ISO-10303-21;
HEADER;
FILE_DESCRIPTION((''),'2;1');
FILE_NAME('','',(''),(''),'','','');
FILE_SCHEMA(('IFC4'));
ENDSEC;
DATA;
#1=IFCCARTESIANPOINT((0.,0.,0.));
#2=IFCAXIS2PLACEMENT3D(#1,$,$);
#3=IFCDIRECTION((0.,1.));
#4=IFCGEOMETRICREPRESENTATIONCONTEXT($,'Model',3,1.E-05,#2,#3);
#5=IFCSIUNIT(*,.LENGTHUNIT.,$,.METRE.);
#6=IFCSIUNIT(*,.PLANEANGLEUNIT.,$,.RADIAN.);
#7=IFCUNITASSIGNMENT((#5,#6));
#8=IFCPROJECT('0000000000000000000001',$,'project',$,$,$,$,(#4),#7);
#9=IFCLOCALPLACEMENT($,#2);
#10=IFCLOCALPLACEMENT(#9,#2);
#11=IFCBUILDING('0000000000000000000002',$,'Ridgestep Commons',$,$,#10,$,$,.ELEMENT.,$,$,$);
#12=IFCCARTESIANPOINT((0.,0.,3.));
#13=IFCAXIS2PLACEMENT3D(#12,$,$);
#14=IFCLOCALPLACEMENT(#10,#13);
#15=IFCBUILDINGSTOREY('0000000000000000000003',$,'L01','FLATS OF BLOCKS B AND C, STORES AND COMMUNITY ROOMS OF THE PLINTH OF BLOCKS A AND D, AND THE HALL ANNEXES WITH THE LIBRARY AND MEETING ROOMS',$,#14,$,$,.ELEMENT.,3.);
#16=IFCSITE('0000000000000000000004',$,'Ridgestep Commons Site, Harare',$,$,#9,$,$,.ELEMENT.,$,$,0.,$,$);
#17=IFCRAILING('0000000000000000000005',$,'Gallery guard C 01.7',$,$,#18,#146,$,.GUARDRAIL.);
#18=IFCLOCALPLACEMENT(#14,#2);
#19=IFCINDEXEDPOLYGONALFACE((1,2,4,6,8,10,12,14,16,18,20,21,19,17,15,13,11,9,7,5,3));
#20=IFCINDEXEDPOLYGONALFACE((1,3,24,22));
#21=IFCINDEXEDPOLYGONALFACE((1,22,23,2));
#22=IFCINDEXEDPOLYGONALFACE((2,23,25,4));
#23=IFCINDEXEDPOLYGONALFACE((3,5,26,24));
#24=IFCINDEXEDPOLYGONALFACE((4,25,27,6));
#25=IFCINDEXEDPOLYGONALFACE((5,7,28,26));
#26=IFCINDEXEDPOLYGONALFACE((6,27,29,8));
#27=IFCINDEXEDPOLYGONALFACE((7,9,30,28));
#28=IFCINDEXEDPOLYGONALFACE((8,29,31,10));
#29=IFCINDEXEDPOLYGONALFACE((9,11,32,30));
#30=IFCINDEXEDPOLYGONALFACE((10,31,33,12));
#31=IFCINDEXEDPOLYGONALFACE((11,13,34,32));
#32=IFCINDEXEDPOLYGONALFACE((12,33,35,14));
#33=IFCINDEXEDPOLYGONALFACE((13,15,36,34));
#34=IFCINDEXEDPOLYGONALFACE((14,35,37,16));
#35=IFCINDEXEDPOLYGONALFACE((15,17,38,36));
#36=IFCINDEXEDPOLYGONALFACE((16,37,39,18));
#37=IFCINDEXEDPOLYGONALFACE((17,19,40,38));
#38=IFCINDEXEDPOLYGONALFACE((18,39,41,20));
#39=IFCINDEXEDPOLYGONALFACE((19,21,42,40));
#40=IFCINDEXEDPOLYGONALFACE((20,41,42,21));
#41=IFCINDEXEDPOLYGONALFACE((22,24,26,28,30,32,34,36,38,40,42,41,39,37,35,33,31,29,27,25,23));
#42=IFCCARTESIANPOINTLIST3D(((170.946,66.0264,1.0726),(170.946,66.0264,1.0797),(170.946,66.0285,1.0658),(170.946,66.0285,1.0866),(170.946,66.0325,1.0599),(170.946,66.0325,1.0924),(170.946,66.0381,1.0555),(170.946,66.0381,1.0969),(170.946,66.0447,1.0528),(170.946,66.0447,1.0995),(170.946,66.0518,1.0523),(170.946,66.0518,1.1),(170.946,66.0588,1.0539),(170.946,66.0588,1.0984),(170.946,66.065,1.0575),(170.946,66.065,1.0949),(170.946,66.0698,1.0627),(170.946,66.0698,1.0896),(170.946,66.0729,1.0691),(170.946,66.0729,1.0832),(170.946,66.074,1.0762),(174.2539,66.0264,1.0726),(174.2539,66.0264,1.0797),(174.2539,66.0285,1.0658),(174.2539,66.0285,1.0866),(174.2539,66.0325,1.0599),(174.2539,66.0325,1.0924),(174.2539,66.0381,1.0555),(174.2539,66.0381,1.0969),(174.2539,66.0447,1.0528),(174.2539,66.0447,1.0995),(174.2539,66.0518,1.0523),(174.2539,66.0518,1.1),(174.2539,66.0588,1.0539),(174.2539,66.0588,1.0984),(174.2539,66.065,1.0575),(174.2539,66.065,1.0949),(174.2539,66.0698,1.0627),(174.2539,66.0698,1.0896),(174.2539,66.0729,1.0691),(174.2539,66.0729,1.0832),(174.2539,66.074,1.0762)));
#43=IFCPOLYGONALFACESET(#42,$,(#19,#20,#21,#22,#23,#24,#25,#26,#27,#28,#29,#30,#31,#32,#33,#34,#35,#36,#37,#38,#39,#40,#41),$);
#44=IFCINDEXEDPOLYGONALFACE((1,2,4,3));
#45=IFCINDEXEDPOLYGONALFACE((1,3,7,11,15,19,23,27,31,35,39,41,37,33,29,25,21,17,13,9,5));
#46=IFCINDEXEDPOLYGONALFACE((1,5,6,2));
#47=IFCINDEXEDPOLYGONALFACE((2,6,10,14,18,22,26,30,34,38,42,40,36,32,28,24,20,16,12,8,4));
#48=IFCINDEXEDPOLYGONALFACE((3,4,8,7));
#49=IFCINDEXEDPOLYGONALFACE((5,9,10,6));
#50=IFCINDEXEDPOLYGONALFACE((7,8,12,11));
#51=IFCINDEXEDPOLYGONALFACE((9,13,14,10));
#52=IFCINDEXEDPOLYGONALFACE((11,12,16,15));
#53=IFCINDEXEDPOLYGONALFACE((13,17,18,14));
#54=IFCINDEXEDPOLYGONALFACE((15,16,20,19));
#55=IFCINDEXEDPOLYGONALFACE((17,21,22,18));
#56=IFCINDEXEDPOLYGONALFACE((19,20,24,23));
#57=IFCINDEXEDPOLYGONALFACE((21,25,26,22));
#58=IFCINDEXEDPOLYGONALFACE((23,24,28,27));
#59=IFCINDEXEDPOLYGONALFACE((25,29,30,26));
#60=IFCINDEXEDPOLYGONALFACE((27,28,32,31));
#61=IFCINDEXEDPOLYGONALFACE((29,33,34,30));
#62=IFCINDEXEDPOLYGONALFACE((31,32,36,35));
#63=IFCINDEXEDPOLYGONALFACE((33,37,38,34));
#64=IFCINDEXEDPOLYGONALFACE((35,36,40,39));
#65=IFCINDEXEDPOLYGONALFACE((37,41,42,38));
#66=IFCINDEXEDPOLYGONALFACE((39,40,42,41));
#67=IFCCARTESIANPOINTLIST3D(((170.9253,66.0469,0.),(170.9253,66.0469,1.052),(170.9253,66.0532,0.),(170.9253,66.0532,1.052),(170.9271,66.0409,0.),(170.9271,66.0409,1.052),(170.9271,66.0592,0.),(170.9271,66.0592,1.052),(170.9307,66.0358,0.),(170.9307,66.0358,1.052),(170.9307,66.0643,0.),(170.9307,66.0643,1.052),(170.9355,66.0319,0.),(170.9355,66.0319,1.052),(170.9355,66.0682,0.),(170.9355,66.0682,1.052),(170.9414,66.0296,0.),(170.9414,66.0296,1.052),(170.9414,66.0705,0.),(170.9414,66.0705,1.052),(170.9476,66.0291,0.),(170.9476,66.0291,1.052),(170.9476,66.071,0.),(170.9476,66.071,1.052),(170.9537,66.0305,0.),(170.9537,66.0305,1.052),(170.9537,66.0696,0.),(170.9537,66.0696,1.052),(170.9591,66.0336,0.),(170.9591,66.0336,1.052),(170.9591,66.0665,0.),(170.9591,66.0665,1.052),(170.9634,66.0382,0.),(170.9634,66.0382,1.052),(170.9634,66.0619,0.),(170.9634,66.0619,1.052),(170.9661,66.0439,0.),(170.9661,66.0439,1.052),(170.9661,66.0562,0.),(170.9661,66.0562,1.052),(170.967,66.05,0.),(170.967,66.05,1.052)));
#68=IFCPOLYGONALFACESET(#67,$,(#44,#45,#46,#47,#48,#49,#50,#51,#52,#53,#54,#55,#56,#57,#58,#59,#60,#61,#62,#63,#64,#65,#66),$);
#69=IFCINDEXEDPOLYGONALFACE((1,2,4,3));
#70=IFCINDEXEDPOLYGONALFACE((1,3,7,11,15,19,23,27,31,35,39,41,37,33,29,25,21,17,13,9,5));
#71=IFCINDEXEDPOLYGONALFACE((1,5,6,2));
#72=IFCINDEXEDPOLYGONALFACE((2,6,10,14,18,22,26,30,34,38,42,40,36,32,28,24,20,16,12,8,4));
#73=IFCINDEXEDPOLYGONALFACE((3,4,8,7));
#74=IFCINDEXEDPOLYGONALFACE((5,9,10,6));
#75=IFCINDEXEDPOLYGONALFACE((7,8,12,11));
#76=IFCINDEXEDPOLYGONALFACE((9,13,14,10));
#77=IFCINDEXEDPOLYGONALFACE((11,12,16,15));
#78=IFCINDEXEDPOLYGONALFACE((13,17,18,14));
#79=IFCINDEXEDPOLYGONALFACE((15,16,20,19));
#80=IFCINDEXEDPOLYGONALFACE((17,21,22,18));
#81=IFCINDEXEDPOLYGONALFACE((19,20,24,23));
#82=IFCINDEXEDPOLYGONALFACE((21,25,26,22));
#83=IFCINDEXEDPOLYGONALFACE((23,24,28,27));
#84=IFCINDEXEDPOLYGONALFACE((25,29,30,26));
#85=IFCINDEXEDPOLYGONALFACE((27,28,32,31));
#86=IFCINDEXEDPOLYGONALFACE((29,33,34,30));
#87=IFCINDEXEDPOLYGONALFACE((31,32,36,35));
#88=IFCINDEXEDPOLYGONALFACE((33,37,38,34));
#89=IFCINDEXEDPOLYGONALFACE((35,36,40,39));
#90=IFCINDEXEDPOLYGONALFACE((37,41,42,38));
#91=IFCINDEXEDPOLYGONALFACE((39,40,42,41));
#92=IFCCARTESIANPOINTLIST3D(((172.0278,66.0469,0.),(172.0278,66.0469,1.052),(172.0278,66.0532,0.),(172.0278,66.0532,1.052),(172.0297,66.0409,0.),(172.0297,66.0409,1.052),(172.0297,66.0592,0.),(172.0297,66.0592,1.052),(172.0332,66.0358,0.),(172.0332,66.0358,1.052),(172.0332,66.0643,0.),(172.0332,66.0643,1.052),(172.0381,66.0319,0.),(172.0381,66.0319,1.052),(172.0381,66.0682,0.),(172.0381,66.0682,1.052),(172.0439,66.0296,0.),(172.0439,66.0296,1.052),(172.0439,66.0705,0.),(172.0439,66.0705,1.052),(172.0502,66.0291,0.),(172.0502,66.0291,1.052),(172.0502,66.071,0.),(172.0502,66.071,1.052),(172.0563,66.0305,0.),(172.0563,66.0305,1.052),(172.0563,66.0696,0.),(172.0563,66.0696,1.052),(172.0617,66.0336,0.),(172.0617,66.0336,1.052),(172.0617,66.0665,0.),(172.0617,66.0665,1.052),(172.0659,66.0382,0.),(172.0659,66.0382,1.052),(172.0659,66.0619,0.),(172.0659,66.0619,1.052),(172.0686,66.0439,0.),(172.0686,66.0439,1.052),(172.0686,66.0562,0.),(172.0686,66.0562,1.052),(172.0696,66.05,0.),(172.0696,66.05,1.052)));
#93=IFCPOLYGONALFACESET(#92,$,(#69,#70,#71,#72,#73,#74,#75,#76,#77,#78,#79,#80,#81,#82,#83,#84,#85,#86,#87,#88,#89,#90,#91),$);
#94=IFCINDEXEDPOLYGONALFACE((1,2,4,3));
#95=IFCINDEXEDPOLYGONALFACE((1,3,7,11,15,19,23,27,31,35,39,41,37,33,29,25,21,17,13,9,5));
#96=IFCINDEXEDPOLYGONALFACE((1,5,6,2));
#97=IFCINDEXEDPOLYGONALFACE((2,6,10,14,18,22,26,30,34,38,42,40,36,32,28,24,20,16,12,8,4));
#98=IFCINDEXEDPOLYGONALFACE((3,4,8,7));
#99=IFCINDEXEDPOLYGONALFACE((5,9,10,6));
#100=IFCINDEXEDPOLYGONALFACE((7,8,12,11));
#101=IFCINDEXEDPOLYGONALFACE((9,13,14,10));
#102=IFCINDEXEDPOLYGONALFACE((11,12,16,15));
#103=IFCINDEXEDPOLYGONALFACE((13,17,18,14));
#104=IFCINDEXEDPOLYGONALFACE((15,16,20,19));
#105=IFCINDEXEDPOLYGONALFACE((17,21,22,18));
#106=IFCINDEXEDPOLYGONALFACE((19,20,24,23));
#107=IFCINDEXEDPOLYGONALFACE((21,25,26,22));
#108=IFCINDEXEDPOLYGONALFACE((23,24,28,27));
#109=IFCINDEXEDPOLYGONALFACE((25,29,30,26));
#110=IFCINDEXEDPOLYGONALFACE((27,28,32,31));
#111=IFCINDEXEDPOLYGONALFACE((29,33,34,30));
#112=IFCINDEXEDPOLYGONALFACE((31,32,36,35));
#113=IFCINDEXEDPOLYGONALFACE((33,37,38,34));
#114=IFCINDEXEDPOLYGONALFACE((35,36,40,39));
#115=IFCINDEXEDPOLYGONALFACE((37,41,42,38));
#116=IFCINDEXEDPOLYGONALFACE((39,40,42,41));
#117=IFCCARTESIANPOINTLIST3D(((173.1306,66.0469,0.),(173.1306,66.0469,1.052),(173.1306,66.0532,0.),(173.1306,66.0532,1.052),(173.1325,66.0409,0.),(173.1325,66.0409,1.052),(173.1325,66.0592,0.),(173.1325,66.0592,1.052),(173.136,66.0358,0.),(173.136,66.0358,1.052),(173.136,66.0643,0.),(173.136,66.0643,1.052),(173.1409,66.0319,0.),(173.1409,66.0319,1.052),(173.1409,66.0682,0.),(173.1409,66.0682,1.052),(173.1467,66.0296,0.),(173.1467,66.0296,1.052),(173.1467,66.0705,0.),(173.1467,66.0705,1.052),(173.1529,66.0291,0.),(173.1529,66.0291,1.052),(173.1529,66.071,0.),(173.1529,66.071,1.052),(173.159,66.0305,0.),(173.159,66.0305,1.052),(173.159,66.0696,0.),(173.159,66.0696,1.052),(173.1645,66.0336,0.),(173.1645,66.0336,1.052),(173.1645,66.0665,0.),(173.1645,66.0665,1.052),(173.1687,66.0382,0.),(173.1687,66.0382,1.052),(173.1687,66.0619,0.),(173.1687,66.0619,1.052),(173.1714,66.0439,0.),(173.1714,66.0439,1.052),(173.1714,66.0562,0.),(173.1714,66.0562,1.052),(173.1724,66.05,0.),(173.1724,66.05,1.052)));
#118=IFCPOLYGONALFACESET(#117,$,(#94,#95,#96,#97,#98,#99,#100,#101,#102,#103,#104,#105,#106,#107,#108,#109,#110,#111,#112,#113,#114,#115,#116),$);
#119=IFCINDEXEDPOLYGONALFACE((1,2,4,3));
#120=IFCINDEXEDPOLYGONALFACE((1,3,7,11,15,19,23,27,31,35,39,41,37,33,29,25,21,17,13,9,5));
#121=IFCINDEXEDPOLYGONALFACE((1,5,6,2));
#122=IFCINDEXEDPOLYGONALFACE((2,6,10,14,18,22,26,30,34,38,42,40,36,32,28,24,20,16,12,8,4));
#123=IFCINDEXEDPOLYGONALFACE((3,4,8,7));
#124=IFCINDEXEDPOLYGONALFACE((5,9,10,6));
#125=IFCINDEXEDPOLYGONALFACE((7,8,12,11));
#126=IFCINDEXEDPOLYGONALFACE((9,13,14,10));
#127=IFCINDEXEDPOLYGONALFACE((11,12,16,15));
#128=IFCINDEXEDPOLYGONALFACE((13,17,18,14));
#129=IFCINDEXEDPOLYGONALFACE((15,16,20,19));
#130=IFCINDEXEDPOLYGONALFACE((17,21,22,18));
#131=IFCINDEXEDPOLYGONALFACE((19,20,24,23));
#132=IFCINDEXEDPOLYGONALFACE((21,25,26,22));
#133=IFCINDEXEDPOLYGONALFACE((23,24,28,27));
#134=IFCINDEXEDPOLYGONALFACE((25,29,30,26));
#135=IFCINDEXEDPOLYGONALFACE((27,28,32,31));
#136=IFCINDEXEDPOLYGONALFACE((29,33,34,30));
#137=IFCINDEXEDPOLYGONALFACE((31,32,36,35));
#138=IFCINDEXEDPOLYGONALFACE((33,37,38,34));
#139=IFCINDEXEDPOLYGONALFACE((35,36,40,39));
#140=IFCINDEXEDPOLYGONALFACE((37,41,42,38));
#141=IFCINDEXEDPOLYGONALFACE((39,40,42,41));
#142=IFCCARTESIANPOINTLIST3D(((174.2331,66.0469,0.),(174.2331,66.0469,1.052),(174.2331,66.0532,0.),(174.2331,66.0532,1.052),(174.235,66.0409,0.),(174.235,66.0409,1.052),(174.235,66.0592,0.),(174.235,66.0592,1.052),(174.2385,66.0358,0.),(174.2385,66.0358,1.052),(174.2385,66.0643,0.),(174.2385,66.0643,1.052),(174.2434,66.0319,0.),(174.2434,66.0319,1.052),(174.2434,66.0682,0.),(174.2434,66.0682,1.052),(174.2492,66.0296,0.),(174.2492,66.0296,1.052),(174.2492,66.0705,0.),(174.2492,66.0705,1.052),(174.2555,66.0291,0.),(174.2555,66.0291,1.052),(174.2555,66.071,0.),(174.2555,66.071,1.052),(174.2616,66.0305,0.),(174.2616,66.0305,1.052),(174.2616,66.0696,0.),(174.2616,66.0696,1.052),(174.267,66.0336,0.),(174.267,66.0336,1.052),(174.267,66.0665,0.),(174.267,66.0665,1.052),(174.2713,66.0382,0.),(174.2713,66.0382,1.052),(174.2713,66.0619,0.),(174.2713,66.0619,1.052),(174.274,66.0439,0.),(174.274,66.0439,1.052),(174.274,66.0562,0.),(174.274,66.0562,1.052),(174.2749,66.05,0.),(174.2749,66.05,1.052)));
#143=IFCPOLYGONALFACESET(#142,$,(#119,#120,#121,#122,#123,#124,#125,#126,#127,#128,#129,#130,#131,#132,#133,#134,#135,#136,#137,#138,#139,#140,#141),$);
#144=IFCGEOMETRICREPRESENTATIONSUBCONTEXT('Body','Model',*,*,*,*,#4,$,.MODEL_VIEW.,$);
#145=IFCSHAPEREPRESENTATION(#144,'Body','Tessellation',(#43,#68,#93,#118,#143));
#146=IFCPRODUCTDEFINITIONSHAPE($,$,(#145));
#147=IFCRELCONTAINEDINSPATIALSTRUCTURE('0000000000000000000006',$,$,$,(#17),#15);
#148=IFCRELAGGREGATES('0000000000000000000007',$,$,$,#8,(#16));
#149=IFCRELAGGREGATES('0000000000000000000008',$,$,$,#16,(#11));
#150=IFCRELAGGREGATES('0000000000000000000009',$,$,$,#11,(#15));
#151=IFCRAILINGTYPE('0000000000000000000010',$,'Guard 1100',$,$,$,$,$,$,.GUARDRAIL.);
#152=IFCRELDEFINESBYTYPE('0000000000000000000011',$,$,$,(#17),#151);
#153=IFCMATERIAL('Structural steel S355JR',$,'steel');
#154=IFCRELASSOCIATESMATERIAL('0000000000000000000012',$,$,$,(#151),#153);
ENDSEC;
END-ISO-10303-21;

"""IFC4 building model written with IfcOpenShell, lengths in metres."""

from ifc_helpers import new_model, si_unit, direction, frame, origin, origin_2d, place, context, subcontext, project, spatial, circle, extrude, material, type_object, element, save


model = new_model("IFC4")

# Units and contexts
model_context = context("Model", 3, precision=1e-05, world=origin(), true_north=direction((0.0, 1.0)))
body_context = subcontext(model_context, "Body", "Model", "MODEL_VIEW")
ifc_project = project(units=[si_unit("LENGTHUNIT", "METRE"), si_unit("PLANEANGLEUNIT", "RADIAN")], contexts=[model_context])

# Site, building, storey
site_placement = place(None, origin())
site = spatial("IfcSite", under=ifc_project, at=site_placement, Name="Ridgestep Commons Site, Harare", CompositionType="ELEMENT", RefElevation=0.0)
building_placement = place(site_placement, origin())
building = spatial("IfcBuilding", under=site, at=building_placement, Name="Ridgestep Commons", CompositionType="ELEMENT")
storey_placement = place(building_placement, frame((0.0, 0.0, 3.0)))
storey = spatial("IfcBuildingStorey", under=building, at=storey_placement, Name="L01", Description="FLATS OF BLOCKS B AND C, STORES AND COMMUNITY ROOMS OF THE PLINTH OF BLOCKS A AND D, AND THE HALL ANNEXES WITH THE LIBRARY AND MEETING ROOMS", CompositionType="ELEMENT", Elevation=3.0)

# Railing
ifc_material_1 = material(Name="Structural steel S355JR", Category="steel")
railing_type = type_object("IfcRailingType", Name="Guard 1100", PredefinedType="GUARDRAIL", material=ifc_material_1)
railing_1_placement = place(storey_placement, frame((170.946, 66.05, 0.0)))
element("IfcRailing", 1, at=railing_1_placement, inside=storey, type_object=railing_type, Name="Gallery guard C 01.7", PredefinedType="GUARDRAIL", context=body_context, shape_type="SweptSolid", body=[
    extrude(circle(Radius=0.0239, at=origin_2d()), frame((0.0, 0.0, 1.0762), z_axis=(1.0, 0.0, 0.0), x_axis=(0.0, 1.0, 0.0)), (0.0, 0.0, 1.0), 3.3079),
    extrude(circle(Radius=0.021, at=origin_2d()), origin(), (0.0, 0.0, 1.0), 1.052),
    extrude(circle(Radius=0.021, at=origin_2d()), frame((1.1025, 0.0, 0.0)), (0.0, 0.0, 1.0), 1.052),
    extrude(circle(Radius=0.021, at=origin_2d()), frame((2.2053, 0.0, 0.0)), (0.0, 0.0, 1.0), 1.052),
    extrude(circle(Radius=0.021, at=origin_2d()), frame((3.3079, 0.0, 0.0)), (0.0, 0.0, 1.0), 1.052),
])

save(model, "model.ifc")
